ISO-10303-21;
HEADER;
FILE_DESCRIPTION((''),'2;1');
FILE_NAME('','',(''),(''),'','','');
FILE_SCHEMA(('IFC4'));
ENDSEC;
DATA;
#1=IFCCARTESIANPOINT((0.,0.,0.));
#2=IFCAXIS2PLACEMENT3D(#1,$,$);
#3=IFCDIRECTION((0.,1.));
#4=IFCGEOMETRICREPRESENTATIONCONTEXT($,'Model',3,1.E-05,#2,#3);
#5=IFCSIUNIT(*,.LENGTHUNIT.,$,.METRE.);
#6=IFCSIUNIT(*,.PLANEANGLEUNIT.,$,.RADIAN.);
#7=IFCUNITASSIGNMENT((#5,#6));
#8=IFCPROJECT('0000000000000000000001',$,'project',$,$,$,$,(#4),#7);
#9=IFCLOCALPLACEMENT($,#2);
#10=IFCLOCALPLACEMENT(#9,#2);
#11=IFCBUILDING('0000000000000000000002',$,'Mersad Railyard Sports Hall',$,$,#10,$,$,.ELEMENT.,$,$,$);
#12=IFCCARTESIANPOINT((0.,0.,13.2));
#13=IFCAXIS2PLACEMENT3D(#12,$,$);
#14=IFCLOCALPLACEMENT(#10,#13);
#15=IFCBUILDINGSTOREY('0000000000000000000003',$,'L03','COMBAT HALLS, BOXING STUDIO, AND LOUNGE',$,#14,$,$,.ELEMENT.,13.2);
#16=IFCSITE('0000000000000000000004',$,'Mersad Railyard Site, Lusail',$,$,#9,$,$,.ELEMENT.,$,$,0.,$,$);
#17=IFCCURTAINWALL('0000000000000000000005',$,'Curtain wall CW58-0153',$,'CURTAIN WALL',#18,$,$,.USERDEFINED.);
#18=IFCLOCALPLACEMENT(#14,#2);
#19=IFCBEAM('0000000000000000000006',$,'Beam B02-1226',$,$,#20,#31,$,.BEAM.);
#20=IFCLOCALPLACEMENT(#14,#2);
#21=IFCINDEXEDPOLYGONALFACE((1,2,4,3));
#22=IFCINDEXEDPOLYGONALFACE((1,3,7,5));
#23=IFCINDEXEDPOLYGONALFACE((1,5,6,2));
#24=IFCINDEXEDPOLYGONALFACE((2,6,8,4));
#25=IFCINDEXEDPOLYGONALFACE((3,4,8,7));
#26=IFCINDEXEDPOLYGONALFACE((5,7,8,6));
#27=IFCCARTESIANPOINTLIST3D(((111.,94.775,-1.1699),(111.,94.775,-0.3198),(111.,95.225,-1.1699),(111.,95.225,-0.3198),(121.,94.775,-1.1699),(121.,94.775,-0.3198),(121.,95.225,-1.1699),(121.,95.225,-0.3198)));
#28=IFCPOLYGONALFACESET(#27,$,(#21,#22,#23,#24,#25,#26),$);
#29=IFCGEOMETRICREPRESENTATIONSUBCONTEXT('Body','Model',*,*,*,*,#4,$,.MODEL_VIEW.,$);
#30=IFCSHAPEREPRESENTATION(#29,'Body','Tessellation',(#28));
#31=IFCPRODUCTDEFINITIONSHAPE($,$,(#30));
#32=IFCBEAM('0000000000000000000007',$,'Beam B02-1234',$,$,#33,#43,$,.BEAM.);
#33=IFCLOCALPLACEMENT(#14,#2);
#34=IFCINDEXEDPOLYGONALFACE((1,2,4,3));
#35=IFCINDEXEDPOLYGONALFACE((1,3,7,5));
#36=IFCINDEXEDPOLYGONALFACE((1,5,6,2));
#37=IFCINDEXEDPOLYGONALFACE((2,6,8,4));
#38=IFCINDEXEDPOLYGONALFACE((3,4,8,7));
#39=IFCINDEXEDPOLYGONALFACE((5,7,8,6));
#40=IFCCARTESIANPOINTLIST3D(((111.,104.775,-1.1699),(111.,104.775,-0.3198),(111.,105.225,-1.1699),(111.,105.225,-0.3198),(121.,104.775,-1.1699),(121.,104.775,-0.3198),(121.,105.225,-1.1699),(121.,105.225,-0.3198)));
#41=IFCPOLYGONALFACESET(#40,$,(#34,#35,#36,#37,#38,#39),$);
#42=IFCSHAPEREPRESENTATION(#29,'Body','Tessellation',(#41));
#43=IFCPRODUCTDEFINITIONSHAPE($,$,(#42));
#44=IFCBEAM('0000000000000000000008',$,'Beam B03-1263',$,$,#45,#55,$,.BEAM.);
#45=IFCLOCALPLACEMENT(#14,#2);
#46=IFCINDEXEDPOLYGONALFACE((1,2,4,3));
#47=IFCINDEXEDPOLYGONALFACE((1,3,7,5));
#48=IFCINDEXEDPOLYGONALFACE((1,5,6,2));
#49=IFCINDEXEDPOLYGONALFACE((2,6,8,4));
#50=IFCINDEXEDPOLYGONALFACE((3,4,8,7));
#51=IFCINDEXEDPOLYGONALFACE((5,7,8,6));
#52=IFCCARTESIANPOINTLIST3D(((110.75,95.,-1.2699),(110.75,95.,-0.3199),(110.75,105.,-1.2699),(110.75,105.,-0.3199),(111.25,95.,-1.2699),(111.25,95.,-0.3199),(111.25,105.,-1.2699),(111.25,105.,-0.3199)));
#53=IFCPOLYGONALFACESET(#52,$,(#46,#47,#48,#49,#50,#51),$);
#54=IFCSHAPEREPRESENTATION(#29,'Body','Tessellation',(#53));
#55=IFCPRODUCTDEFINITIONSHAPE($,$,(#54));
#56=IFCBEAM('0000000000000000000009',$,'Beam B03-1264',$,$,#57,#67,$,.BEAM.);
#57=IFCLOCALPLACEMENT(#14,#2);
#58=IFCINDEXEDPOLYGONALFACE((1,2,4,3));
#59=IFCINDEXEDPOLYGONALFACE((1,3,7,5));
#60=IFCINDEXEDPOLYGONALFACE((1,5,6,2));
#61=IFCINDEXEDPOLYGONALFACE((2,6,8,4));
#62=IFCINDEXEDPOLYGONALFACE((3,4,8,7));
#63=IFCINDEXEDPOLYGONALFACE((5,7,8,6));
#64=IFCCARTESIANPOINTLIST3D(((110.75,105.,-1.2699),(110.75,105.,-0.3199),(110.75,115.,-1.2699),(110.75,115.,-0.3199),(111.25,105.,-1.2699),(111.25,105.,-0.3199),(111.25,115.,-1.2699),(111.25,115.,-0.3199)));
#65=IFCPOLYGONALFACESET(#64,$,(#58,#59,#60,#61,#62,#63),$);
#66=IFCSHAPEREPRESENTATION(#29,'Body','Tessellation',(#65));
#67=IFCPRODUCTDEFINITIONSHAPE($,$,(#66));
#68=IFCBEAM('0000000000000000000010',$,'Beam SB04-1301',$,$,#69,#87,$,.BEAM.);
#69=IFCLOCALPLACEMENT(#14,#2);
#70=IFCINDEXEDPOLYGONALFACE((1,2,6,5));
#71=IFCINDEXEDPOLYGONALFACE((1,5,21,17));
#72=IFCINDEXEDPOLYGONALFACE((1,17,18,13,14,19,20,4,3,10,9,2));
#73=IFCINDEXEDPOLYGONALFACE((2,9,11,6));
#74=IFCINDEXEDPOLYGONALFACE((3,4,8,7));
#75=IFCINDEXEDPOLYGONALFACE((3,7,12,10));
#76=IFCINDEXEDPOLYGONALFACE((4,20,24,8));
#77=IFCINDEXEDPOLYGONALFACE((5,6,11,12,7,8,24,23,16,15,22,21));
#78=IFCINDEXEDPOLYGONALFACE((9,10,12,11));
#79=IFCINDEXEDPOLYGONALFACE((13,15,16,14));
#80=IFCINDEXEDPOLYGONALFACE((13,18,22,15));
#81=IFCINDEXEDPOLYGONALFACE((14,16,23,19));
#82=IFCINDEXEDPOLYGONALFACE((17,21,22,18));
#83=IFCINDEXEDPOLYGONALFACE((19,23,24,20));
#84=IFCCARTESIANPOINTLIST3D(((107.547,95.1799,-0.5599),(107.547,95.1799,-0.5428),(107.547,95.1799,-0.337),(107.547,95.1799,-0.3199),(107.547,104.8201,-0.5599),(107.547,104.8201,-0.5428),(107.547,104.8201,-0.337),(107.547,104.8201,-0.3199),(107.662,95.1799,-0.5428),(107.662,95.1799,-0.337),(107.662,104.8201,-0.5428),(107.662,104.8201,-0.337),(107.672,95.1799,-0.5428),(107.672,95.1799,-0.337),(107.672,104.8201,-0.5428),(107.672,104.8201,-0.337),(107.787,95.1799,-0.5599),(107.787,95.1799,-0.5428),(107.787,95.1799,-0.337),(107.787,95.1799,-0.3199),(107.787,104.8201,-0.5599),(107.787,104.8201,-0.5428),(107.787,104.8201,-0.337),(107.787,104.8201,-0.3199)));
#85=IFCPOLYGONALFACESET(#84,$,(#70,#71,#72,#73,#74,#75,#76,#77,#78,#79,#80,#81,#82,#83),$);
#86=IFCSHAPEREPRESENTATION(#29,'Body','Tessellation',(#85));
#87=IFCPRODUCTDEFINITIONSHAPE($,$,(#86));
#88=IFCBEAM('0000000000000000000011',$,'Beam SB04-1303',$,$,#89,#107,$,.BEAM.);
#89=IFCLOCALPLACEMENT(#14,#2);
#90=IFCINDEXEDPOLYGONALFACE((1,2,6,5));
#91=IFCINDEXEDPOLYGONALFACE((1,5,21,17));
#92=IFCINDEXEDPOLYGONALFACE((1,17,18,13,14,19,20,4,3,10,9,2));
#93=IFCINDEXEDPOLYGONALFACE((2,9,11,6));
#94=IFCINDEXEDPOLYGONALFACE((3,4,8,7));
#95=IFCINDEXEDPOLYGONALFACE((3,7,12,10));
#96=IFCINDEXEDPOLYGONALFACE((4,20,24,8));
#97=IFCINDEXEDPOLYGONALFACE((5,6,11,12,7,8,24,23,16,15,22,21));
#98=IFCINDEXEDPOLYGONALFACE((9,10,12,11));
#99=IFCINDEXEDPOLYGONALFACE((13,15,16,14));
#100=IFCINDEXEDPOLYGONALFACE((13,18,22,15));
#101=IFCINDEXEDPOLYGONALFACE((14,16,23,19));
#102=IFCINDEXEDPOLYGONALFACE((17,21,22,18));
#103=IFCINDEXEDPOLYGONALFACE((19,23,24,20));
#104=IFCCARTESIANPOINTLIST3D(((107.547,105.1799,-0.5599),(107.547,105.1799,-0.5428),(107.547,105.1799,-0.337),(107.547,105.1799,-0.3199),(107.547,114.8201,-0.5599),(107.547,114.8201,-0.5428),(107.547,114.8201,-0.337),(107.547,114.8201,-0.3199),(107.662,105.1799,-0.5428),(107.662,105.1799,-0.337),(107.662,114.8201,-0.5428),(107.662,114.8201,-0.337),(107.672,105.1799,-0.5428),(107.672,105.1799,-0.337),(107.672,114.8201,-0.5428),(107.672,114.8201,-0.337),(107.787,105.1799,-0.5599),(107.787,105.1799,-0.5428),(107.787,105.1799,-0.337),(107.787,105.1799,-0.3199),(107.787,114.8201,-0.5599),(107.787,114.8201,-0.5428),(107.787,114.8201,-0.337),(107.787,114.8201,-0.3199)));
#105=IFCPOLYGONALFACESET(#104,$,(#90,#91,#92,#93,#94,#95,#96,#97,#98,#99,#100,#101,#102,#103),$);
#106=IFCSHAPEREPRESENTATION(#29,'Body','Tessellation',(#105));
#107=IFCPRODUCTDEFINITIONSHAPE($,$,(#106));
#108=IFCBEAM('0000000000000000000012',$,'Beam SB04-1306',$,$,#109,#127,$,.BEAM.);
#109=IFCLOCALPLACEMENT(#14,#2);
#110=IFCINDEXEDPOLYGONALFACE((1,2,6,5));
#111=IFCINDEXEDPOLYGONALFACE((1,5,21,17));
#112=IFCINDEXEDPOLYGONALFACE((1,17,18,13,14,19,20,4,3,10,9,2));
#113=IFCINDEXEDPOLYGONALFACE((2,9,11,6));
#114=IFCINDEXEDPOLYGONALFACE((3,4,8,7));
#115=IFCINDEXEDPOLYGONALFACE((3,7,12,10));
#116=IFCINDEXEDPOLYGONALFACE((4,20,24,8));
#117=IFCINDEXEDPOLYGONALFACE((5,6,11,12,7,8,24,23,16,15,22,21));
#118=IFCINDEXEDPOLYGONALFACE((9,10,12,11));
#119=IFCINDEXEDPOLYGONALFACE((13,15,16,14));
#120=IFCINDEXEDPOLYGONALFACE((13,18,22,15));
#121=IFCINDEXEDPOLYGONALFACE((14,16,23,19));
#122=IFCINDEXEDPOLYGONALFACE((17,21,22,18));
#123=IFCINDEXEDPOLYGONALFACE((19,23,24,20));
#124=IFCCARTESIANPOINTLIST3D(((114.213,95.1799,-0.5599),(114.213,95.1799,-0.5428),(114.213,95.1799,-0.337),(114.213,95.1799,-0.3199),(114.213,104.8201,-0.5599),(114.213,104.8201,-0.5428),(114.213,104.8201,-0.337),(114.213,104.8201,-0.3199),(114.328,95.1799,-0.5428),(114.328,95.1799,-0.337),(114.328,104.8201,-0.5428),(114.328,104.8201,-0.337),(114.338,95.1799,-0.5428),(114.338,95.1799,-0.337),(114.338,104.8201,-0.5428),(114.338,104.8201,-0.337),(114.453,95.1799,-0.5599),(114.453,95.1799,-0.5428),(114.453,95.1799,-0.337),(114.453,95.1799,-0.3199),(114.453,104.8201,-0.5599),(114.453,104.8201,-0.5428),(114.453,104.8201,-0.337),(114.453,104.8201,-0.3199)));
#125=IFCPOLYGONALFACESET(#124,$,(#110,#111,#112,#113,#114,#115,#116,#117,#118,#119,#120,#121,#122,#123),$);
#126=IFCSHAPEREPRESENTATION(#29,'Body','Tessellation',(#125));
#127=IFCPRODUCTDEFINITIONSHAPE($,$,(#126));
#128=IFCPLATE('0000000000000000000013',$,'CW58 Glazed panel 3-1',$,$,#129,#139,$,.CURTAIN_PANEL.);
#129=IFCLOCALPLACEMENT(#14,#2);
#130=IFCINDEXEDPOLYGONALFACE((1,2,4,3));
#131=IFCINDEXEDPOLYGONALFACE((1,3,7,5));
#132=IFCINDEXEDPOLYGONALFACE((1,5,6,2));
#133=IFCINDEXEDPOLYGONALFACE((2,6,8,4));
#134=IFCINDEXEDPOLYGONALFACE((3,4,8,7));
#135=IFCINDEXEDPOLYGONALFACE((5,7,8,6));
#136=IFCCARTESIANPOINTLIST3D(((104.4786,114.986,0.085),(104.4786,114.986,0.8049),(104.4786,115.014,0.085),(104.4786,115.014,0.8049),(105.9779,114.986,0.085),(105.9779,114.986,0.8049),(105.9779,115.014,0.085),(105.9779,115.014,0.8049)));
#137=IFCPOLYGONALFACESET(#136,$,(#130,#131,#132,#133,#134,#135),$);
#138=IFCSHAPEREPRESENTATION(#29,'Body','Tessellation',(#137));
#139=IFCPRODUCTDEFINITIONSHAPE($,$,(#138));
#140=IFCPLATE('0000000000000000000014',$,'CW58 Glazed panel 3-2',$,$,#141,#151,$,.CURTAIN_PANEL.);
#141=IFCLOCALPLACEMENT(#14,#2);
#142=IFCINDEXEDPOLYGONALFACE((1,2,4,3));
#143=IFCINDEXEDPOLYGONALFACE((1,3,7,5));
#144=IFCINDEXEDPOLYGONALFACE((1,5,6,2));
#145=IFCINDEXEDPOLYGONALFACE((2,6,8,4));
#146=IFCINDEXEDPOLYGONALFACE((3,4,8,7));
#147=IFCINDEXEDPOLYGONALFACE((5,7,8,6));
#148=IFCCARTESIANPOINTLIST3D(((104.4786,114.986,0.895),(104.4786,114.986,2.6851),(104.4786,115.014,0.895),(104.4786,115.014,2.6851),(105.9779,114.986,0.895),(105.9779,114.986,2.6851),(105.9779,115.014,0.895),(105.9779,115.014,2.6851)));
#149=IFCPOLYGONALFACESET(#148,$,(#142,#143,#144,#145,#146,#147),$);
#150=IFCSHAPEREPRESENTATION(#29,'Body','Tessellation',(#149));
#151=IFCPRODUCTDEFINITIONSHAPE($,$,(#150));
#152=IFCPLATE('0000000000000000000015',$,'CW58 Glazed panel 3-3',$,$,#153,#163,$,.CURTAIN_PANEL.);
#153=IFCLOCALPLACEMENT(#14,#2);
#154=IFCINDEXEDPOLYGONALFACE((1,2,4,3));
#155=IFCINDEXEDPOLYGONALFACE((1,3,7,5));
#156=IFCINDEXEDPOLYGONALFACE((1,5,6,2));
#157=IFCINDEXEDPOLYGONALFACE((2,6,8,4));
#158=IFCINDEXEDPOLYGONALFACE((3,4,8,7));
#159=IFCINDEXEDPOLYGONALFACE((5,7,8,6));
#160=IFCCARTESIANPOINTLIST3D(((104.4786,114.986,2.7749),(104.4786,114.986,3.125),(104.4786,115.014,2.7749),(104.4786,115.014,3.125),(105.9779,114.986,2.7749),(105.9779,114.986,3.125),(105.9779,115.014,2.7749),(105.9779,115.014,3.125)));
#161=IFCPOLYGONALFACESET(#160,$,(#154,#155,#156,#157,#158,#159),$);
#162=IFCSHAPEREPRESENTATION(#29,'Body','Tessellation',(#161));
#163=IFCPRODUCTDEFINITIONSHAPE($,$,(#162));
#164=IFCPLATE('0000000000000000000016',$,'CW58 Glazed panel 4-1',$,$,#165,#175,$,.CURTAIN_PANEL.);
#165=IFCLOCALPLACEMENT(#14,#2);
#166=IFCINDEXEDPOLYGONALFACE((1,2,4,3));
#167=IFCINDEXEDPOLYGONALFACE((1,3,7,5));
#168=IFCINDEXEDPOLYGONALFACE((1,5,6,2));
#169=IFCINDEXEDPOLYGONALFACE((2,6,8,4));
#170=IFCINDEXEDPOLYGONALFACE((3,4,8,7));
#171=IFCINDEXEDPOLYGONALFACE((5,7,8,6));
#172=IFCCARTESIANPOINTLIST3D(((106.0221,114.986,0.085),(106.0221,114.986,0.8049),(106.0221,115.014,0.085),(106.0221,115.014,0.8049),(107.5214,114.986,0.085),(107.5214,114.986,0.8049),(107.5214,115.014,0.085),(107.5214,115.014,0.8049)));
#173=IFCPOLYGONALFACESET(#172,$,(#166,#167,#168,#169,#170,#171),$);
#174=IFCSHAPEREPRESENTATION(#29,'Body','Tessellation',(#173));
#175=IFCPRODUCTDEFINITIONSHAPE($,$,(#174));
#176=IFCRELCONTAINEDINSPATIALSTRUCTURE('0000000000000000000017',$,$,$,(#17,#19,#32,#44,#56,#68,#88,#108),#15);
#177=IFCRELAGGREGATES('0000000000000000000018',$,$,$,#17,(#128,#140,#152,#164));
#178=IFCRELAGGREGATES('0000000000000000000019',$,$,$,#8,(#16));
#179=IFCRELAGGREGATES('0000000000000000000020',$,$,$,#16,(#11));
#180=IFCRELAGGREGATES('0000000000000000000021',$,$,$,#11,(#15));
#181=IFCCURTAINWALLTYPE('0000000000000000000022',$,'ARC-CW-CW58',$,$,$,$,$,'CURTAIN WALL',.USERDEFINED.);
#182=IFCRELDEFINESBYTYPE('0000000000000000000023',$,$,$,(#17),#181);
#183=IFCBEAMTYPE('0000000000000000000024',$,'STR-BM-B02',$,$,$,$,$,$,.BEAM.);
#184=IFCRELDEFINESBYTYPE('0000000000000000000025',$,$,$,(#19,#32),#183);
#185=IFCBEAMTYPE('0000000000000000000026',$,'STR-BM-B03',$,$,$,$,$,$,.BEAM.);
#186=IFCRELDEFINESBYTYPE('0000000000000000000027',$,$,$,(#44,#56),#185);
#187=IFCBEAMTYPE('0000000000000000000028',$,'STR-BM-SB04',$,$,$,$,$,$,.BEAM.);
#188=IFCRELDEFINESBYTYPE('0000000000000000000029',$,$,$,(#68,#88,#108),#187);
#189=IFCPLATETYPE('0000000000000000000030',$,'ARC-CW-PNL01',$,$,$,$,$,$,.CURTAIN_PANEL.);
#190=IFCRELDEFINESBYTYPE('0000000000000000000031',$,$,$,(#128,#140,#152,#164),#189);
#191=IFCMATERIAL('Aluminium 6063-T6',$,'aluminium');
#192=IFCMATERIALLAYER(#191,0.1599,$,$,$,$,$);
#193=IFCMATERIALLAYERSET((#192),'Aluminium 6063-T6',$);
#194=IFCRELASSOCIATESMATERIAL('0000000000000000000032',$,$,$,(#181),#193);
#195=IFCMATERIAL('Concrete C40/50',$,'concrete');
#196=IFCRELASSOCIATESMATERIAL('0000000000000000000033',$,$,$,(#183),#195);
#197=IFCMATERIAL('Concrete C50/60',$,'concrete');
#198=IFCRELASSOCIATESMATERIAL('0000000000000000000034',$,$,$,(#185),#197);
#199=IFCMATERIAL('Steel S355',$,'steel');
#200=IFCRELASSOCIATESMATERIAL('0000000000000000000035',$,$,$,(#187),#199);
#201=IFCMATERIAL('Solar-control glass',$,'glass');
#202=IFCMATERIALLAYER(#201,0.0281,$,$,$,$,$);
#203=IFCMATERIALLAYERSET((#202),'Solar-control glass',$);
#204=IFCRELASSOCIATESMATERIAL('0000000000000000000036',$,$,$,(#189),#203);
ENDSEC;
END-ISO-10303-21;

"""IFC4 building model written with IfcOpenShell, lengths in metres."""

from ifc_helpers import new_model, si_unit, direction, frame, origin, origin_2d, place, context, subcontext, project, spatial, rectangle, i_section, extrude, material, layer, layer_set, material_profile, profile_set, type_object, element, aggregate, save


model = new_model("IFC4")

# Units and contexts
model_context = context("Model", 3, precision=1e-05, world=origin(), true_north=direction((0.0, 1.0)))
body_context = subcontext(model_context, "Body", "Model", "MODEL_VIEW")
ifc_project = project(units=[si_unit("LENGTHUNIT", "METRE"), si_unit("PLANEANGLEUNIT", "RADIAN")], contexts=[model_context])

# Site, building, storey
site_placement = place(None, origin())
site = spatial("IfcSite", under=ifc_project, at=site_placement, Name="Mersad Railyard Site, Lusail", CompositionType="ELEMENT", RefElevation=0.0)
building_placement = place(site_placement, origin())
building = spatial("IfcBuilding", under=site, at=building_placement, Name="Mersad Railyard Sports Hall", CompositionType="ELEMENT")
storey_placement = place(building_placement, frame((0.0, 0.0, 13.2)))
storey = spatial("IfcBuildingStorey", under=building, at=storey_placement, Name="L03", Description="COMBAT HALLS, BOXING STUDIO, AND LOUNGE", CompositionType="ELEMENT", Elevation=13.2)

# Shared definitions
ifc_material_1 = material(Name="Concrete C40/50", Category="concrete")

# Curtain wall
ifc_material_2 = material(Name="Aluminium 6063-T6", Category="aluminium")
ifc_layer_1 = layer(ifc_material_2, 0.1599)
ifc_layer_set_1 = layer_set([ifc_layer_1], Name="Aluminium 6063-T6")
curtain_wall_type = type_object("IfcCurtainWallType", Name="ARC-CW-CW58", ElementType="CURTAIN WALL", PredefinedType="USERDEFINED", material=ifc_layer_set_1)
curtain_wall_placement = place(storey_placement, origin())
curtain_wall = element("IfcCurtainWall", 1, at=curtain_wall_placement, inside=storey, type_object=curtain_wall_type, Name="Curtain wall CW58-0153", ObjectType="CURTAIN WALL", PredefinedType="USERDEFINED")

# Beams
ifc_material_profile_1 = material_profile(ifc_material_1, rectangle(XDim=0.45, YDim=0.8501, at=origin_2d()), Name="RC 450x850")
ifc_profile_set_1 = profile_set([ifc_material_profile_1], Name="Concrete C40/50")
beam_type_1 = type_object("IfcBeamType", Name="STR-BM-B02", PredefinedType="BEAM", material=ifc_profile_set_1)
for number, where, z_axis, x_axis, name in (
    (2, (111.0, 95.0, -0.7449), (1.0, 0.0, 0.0), (0.0, 1.0, 0.0), "Beam B02-1226"),
    (3, (111.0, 105.0, -0.7449), (1.0, 0.0, 0.0), (0.0, 1.0, 0.0), "Beam B02-1234"),
):
    element("IfcBeam", number, at=place(storey_placement, frame(where, z_axis=z_axis, x_axis=x_axis)), inside=storey, type_object=beam_type_1, Name=name, PredefinedType="BEAM", context=body_context, shape_type="SweptSolid", body=[
        extrude(rectangle(XDim=0.45, YDim=0.8501, at=origin_2d()), origin(), (0.0, 0.0, 1.0), 10.0),
    ])
ifc_material_3 = material(Name="Concrete C50/60", Category="concrete")
ifc_material_profile_2 = material_profile(ifc_material_3, rectangle(XDim=0.5, YDim=0.95, at=origin_2d()), Name="RC 500x950")
ifc_profile_set_2 = profile_set([ifc_material_profile_2], Name="Concrete C50/60")
beam_type_2 = type_object("IfcBeamType", Name="STR-BM-B03", PredefinedType="BEAM", material=ifc_profile_set_2)
for number, where, z_axis, x_axis, name in (
    (4, (111.0, 95.0, -0.7949), (0.0, 1.0, 0.0), (-1.0, 0.0, 0.0), "Beam B03-1263"),
    (5, (111.0, 105.0, -0.7949), (0.0, 1.0, 0.0), (-1.0, 0.0, 0.0), "Beam B03-1264"),
):
    element("IfcBeam", number, at=place(storey_placement, frame(where, z_axis=z_axis, x_axis=x_axis)), inside=storey, type_object=beam_type_2, Name=name, PredefinedType="BEAM", context=body_context, shape_type="SweptSolid", body=[
        extrude(rectangle(XDim=0.5, YDim=0.95, at=origin_2d()), origin(), (0.0, 0.0, 1.0), 10.0),
    ])
ifc_material_4 = material(Name="Steel S355", Category="steel")
ifc_material_profile_3 = material_profile(ifc_material_4, i_section(OverallWidth=0.24, OverallDepth=0.24, WebThickness=0.01, FlangeThickness=0.0171, at=origin_2d()), Name="HEB 240")
ifc_profile_set_3 = profile_set([ifc_material_profile_3], Name="Steel S355")
beam_type_3 = type_object("IfcBeamType", Name="STR-BM-SB04", PredefinedType="BEAM", material=ifc_profile_set_3)
for number, where, z_axis, x_axis, name in (
    (6, (107.667, 95.1799, -0.4399), (0.0, 1.0, 0.0), (-1.0, 0.0, 0.0), "Beam SB04-1301"),
    (7, (107.667, 105.1799, -0.4399), (0.0, 1.0, 0.0), (-1.0, 0.0, 0.0), "Beam SB04-1303"),
    (8, (114.333, 95.1799, -0.4399), (0.0, 1.0, 0.0), (-1.0, 0.0, 0.0), "Beam SB04-1306"),
):
    element("IfcBeam", number, at=place(storey_placement, frame(where, z_axis=z_axis, x_axis=x_axis)), inside=storey, type_object=beam_type_3, Name=name, PredefinedType="BEAM", context=body_context, shape_type="SweptSolid", body=[
        extrude(i_section(OverallWidth=0.24, OverallDepth=0.24, WebThickness=0.01, FlangeThickness=0.0171, at=origin_2d()), origin(), (0.0, 0.0, 1.0), 9.6401),
    ])

# Plates
ifc_material_5 = material(Name="Solar-control glass", Category="glass")
ifc_layer_2 = layer(ifc_material_5, 0.0281)
ifc_layer_set_2 = layer_set([ifc_layer_2], Name="Solar-control glass")
plate_type = type_object("IfcPlateType", Name="ARC-CW-PNL01", PredefinedType="CURTAIN_PANEL", material=ifc_layer_set_2)
plate_1_placement = place(storey_placement, frame((105.2283, 115.0, 0.085), z_axis=(0.0, 0.0, 1.0), x_axis=(1.0, 0.0, 0.0)))
plate_1 = element("IfcPlate", 9, at=plate_1_placement, type_object=plate_type, Name="CW58 Glazed panel 3-1", PredefinedType="CURTAIN_PANEL", context=body_context, shape_type="SweptSolid", body=[
    extrude(rectangle(XDim=1.4993, YDim=0.0281, at=origin_2d()), origin(), (0.0, 0.0, 1.0), 0.72),
])
plate_2_placement = place(storey_placement, frame((105.2283, 115.0, 0.895), z_axis=(0.0, 0.0, 1.0), x_axis=(1.0, 0.0, 0.0)))
plate_2 = element("IfcPlate", 10, at=plate_2_placement, type_object=plate_type, Name="CW58 Glazed panel 3-2", PredefinedType="CURTAIN_PANEL", context=body_context, shape_type="SweptSolid", body=[
    extrude(rectangle(XDim=1.4993, YDim=0.0281, at=origin_2d()), origin(), (0.0, 0.0, 1.0), 1.79),
])
plate_3_placement = place(storey_placement, frame((105.2283, 115.0, 2.7749), z_axis=(0.0, 0.0, 1.0), x_axis=(1.0, 0.0, 0.0)))
plate_3 = element("IfcPlate", 11, at=plate_3_placement, type_object=plate_type, Name="CW58 Glazed panel 3-3", PredefinedType="CURTAIN_PANEL", context=body_context, shape_type="SweptSolid", body=[
    extrude(rectangle(XDim=1.4993, YDim=0.0281, at=origin_2d()), origin(), (0.0, 0.0, 1.0), 0.3501),
])
plate_4_placement = place(storey_placement, frame((106.7717, 115.0, 0.085), z_axis=(0.0, 0.0, 1.0), x_axis=(1.0, 0.0, 0.0)))
plate_4 = element("IfcPlate", 12, at=plate_4_placement, type_object=plate_type, Name="CW58 Glazed panel 4-1", PredefinedType="CURTAIN_PANEL", context=body_context, shape_type="SweptSolid", body=[
    extrude(rectangle(XDim=1.4993, YDim=0.0281, at=origin_2d()), origin(), (0.0, 0.0, 1.0), 0.72),
])
aggregate(curtain_wall, [plate_1, plate_2, plate_3, plate_4])

save(model, "model.ifc")
